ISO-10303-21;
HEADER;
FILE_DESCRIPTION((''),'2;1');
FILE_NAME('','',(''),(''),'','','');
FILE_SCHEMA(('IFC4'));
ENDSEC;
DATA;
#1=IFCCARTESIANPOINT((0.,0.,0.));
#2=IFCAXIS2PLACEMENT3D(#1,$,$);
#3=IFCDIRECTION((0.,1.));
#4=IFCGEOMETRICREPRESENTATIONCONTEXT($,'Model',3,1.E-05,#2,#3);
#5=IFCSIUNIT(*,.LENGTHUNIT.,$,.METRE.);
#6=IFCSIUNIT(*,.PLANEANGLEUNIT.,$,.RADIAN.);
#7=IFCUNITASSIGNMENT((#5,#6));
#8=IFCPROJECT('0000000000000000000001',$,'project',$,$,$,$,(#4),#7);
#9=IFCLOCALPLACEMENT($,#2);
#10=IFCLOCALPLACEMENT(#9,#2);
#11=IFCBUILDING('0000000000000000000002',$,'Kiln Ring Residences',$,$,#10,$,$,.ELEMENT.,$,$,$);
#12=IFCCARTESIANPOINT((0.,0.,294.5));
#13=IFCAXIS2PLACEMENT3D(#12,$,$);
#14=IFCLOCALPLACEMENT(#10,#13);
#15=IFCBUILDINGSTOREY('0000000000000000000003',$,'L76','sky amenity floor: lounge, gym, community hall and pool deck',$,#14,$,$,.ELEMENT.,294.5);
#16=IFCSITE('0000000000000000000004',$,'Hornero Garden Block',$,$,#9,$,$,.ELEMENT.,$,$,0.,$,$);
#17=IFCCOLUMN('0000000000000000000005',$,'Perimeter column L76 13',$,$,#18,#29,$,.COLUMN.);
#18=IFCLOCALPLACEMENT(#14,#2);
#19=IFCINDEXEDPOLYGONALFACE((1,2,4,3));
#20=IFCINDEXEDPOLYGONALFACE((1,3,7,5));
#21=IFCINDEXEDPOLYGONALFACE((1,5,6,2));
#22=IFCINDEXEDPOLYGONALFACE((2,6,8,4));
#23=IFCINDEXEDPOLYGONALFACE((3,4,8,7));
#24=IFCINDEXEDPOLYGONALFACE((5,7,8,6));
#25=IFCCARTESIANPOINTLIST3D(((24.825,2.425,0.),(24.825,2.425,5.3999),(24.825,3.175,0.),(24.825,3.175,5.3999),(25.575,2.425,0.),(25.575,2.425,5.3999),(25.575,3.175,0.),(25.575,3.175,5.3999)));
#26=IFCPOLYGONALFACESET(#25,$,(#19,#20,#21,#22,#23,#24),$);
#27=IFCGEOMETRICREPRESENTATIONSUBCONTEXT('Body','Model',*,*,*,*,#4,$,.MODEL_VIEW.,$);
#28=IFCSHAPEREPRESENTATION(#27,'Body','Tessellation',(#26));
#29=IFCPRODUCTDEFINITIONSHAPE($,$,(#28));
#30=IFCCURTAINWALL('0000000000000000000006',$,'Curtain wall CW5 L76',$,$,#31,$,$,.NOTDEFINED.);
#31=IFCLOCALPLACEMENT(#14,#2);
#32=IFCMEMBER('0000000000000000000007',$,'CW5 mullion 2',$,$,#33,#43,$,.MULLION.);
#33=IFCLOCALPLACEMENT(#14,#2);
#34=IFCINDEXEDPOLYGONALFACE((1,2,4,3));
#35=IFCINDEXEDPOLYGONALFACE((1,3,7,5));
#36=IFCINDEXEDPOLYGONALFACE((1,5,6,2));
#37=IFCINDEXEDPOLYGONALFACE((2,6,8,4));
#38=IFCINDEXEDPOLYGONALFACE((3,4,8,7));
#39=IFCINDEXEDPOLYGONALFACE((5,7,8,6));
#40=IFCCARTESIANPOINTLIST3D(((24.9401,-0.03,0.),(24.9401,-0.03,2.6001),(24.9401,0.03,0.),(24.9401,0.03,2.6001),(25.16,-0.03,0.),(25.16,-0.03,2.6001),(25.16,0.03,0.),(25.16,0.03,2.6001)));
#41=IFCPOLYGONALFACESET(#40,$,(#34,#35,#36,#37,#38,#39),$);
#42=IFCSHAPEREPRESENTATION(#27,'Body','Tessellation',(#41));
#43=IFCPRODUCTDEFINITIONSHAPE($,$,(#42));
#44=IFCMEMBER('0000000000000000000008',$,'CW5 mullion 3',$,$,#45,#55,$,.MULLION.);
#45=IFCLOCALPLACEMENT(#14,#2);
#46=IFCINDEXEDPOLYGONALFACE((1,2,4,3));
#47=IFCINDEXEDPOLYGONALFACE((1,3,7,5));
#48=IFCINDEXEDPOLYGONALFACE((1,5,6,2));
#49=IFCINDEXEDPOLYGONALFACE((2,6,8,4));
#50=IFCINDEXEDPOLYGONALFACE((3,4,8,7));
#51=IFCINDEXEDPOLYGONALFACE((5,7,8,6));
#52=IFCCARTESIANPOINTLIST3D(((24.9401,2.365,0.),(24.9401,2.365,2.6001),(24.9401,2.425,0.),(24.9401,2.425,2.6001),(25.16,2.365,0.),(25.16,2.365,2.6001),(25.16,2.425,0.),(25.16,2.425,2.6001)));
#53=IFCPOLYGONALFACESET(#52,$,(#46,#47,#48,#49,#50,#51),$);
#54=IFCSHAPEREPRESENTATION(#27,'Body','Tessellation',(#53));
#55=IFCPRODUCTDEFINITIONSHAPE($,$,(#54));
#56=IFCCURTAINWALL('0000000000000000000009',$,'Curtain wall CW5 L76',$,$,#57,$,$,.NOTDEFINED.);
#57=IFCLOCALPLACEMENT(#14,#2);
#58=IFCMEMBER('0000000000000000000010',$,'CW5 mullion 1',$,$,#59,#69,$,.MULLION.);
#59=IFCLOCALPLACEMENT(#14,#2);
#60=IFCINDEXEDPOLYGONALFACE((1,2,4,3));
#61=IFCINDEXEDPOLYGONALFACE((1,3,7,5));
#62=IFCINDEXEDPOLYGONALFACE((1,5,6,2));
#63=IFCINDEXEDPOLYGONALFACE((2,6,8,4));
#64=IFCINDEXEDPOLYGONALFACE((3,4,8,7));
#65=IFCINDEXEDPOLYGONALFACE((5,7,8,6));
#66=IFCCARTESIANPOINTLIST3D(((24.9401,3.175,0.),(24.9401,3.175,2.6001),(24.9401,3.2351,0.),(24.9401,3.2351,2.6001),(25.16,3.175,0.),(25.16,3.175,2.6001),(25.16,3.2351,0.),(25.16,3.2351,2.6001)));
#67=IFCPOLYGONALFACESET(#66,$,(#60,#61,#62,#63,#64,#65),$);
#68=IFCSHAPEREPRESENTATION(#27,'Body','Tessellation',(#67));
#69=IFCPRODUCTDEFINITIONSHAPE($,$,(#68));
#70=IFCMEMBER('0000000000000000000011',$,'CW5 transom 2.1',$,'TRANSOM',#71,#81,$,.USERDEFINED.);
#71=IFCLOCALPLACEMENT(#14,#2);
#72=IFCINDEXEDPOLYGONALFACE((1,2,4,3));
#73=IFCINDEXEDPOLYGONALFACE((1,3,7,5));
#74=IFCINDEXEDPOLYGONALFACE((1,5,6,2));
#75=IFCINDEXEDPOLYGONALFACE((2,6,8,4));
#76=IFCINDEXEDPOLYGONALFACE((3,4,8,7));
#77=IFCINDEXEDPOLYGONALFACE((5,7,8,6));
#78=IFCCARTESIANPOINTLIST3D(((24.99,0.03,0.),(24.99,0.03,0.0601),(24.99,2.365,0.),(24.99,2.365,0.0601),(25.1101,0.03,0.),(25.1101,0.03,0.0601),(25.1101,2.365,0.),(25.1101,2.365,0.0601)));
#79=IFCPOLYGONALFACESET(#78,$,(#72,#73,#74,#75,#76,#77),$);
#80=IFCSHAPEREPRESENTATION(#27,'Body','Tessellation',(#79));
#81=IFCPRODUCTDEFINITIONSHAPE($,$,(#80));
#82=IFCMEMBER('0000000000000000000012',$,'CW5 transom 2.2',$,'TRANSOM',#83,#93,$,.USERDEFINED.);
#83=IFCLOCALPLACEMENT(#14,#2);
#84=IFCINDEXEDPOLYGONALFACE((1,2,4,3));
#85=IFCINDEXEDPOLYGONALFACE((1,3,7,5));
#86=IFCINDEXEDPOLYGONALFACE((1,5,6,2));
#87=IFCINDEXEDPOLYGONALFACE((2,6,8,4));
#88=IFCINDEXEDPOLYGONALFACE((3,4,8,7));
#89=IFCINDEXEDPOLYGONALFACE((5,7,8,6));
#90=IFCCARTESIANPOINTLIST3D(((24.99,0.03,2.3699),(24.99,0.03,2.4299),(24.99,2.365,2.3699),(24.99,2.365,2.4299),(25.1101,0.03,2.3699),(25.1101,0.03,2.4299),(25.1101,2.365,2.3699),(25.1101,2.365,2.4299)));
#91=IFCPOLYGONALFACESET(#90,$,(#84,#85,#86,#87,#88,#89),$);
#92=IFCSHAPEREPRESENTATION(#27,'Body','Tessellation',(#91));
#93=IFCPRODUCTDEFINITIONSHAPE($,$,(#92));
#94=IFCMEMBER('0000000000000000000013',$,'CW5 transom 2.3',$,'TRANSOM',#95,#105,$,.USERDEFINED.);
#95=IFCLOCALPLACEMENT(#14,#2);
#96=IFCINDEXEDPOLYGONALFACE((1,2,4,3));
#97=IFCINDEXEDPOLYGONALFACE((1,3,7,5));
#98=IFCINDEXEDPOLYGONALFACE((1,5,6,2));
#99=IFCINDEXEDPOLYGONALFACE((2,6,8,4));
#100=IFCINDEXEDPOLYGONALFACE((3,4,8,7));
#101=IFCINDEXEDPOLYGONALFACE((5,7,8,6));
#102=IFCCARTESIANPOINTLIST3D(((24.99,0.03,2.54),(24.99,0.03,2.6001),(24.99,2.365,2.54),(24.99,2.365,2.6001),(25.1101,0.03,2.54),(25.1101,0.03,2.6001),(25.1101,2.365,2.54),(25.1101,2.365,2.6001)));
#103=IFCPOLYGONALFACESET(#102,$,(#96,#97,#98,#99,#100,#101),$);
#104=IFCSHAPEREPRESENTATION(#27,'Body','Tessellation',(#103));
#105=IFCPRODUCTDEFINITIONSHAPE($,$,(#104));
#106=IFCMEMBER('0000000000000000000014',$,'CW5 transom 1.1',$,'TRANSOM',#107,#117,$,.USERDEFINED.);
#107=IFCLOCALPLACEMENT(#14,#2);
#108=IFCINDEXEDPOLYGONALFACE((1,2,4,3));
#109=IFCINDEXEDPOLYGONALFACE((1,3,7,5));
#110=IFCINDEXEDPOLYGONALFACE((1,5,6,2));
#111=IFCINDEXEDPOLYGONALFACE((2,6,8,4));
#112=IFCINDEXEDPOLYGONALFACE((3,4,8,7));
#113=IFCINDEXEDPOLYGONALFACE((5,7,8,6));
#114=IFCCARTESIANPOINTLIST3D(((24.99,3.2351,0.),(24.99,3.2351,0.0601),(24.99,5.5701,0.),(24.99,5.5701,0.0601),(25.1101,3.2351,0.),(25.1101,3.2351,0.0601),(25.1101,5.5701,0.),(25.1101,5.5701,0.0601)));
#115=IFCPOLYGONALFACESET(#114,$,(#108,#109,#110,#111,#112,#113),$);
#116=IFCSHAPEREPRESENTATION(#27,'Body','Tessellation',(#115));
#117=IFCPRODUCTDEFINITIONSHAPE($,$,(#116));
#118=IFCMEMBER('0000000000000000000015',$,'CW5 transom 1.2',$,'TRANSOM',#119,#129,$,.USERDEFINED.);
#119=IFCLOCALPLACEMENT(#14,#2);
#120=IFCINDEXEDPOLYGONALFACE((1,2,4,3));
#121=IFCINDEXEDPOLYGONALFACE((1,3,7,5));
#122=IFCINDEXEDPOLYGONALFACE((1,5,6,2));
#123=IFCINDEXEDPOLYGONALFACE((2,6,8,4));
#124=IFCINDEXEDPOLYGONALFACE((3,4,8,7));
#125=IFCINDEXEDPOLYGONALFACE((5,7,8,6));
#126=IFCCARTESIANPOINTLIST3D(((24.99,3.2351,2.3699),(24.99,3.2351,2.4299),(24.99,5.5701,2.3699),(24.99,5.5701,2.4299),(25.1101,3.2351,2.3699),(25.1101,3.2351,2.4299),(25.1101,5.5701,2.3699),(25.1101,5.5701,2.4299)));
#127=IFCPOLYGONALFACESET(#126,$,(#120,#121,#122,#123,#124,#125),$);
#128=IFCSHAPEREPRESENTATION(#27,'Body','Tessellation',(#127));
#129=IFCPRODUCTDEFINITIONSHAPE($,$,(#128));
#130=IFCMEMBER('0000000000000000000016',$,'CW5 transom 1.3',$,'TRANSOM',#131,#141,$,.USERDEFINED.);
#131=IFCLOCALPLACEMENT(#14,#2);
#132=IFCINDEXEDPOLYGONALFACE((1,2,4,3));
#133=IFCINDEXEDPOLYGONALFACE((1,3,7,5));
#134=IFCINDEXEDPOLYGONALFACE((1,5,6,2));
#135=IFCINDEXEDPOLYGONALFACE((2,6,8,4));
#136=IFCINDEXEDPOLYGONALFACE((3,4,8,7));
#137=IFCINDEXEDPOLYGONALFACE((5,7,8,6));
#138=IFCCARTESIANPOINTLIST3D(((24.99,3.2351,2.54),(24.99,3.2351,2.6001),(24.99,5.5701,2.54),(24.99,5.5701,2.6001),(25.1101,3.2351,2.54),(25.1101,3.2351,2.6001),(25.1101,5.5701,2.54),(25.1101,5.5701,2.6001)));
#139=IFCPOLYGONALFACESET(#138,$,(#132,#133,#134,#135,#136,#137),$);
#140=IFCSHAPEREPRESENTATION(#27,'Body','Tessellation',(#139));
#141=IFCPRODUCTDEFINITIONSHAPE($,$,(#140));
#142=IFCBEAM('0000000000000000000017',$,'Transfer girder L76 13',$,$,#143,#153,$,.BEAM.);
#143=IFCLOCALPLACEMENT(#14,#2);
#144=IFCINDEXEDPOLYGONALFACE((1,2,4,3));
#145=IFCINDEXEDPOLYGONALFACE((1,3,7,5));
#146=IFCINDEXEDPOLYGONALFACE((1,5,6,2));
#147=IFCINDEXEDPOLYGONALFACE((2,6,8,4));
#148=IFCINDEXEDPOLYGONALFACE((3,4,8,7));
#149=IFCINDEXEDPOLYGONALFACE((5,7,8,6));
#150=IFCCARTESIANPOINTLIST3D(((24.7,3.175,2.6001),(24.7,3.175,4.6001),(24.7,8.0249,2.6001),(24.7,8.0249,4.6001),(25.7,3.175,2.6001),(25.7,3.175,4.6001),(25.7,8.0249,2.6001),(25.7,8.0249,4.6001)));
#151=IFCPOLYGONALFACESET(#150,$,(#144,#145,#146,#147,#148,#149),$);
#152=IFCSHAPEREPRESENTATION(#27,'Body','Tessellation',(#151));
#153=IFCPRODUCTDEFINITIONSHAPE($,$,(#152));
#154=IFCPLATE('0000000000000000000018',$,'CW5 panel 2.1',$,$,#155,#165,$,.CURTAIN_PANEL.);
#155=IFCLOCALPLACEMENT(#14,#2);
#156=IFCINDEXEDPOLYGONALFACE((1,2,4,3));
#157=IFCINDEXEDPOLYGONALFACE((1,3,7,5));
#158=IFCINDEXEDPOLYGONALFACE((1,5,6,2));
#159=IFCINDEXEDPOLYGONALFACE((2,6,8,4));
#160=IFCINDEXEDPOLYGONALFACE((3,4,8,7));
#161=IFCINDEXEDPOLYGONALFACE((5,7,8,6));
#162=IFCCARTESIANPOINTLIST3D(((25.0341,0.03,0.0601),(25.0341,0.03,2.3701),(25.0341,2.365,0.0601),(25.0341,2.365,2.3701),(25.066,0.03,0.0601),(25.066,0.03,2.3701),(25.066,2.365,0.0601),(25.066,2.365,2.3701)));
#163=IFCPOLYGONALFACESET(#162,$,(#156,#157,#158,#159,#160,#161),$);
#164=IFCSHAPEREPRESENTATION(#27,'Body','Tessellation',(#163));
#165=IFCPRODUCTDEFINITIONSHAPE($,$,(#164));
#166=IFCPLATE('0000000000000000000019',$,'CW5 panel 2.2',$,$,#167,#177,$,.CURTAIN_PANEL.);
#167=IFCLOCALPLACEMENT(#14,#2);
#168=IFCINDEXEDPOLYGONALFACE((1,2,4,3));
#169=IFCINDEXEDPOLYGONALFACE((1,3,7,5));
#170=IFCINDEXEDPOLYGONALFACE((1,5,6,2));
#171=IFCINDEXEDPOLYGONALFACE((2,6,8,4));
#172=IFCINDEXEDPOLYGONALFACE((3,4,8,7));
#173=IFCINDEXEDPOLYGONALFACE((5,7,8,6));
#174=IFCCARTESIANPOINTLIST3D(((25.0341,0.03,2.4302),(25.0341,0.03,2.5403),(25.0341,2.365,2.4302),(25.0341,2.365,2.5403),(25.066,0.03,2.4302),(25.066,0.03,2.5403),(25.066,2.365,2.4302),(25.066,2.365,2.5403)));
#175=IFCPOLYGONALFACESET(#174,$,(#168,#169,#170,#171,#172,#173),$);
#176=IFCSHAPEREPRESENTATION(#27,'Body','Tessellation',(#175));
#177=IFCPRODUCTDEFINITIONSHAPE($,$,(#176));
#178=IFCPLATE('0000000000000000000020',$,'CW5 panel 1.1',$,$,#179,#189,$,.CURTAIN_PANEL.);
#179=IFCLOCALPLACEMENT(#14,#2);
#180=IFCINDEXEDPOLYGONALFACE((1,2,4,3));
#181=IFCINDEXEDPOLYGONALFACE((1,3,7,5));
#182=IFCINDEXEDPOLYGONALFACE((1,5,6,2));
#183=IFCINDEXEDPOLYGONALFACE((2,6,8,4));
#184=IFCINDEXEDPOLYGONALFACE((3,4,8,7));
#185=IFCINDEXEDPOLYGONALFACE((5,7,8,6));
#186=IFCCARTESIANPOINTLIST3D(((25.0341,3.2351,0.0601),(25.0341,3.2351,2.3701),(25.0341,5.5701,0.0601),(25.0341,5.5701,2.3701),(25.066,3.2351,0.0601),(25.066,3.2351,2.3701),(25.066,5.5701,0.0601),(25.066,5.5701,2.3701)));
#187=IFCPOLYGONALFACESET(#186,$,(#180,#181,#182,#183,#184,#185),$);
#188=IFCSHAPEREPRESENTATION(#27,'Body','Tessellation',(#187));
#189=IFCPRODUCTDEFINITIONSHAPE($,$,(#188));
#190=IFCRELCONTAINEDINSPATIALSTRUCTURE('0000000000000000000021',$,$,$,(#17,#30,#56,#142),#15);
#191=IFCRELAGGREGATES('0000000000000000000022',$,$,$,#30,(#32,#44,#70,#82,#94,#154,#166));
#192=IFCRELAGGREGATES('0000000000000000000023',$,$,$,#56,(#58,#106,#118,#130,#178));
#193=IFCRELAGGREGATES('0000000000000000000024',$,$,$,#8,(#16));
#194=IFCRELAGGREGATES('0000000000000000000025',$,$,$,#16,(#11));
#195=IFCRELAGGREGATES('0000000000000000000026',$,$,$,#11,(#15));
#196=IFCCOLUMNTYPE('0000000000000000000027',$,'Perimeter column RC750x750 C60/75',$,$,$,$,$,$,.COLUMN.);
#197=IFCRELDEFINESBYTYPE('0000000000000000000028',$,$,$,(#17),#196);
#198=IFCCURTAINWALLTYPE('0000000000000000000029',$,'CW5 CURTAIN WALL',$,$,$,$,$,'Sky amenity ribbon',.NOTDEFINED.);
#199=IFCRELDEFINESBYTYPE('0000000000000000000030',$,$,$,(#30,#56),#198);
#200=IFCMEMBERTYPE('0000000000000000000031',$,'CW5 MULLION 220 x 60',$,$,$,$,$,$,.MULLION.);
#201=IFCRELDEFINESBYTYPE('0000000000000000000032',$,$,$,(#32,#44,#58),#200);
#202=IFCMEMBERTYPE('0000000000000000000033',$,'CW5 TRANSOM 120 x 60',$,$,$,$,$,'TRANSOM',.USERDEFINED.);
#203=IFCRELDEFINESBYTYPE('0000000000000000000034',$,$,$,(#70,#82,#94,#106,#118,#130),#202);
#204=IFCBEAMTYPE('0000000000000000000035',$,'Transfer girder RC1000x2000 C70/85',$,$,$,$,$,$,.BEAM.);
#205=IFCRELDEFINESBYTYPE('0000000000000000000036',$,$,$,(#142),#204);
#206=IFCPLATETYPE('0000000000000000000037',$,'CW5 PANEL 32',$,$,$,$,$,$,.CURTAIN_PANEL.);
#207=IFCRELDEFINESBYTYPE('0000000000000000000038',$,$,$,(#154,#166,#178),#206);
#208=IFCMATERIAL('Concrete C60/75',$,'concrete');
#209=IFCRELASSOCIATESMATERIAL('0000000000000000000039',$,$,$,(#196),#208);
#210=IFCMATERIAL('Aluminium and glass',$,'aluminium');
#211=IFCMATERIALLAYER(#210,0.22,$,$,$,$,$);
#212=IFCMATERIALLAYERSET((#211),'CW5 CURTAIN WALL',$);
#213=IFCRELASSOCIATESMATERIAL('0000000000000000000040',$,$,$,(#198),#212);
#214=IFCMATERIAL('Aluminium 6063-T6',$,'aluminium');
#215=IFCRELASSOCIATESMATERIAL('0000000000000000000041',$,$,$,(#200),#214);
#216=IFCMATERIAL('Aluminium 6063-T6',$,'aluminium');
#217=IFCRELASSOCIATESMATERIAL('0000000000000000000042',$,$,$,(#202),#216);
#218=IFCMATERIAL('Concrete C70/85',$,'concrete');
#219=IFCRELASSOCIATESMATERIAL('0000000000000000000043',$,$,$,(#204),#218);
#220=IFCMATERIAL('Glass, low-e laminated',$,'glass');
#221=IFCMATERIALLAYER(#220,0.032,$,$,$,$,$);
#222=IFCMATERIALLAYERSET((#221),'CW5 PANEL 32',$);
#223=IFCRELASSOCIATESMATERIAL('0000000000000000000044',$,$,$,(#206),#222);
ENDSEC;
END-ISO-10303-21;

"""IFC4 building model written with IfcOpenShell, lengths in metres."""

from ifc_helpers import new_model, si_unit, direction, frame, origin, origin_2d, place, context, subcontext, project, spatial, rectangle, extrude, material, layer, layer_set, material_profile, profile_set, type_object, element, aggregate, save


model = new_model("IFC4")

# Units and contexts
model_context = context("Model", 3, precision=1e-05, world=origin(), true_north=direction((0.0, 1.0)))
body_context = subcontext(model_context, "Body", "Model", "MODEL_VIEW")
ifc_project = project(units=[si_unit("LENGTHUNIT", "METRE"), si_unit("PLANEANGLEUNIT", "RADIAN")], contexts=[model_context])

# Site, building, storey
site_placement = place(None, origin())
site = spatial("IfcSite", under=ifc_project, at=site_placement, Name="Hornero Garden Block", CompositionType="ELEMENT", RefElevation=0.0)
building_placement = place(site_placement, origin())
building = spatial("IfcBuilding", under=site, at=building_placement, Name="Kiln Ring Residences", CompositionType="ELEMENT")
storey_placement = place(building_placement, frame((0.0, 0.0, 294.5)))
storey = spatial("IfcBuildingStorey", under=building, at=storey_placement, Name="L76", Description="sky amenity floor: lounge, gym, community hall and pool deck", CompositionType="ELEMENT", Elevation=294.5)

# Column
ifc_material_1 = material(Name="Concrete C60/75", Category="concrete")
ifc_material_profile_1 = material_profile(ifc_material_1, rectangle(XDim=0.75, YDim=0.75, at=origin_2d()), Name="RC750x750")
ifc_profile_set_1 = profile_set([ifc_material_profile_1], Name="Concrete C60/75")
column_type = type_object("IfcColumnType", Name="Perimeter column RC750x750 C60/75", PredefinedType="COLUMN", material=ifc_profile_set_1)
column_placement = place(storey_placement, frame((25.2, 2.8, 0.0), z_axis=(0.0, 0.0, 1.0), x_axis=(1.0, 0.0, 0.0)))
element("IfcColumn", 1, at=column_placement, inside=storey, type_object=column_type, Name="Perimeter column L76 13", PredefinedType="COLUMN", context=body_context, shape_type="SweptSolid", body=[
    extrude(rectangle(XDim=0.75, YDim=0.75, at=origin_2d()), origin(), (0.0, 0.0, 1.0), 5.3999),
])

# Curtain wall, members
ifc_material_2 = material(Name="Aluminium and glass", Category="aluminium")
ifc_layer_1 = layer(ifc_material_2, 0.22)
ifc_layer_set_1 = layer_set([ifc_layer_1], Name="CW5 CURTAIN WALL")
curtain_wall_type = type_object("IfcCurtainWallType", Name="CW5 CURTAIN WALL", ElementType="Sky amenity ribbon", PredefinedType="NOTDEFINED", material=ifc_layer_set_1)
placement = place(storey_placement, origin())
curtain_wall_1 = element("IfcCurtainWall", 2, at=placement, inside=storey, type_object=curtain_wall_type, Name="Curtain wall CW5 L76", PredefinedType="NOTDEFINED")
ifc_material_3 = material(Name="Aluminium 6063-T6", Category="aluminium")
ifc_material_profile_2 = material_profile(ifc_material_3, rectangle(XDim=0.22, YDim=0.0601, at=origin_2d()), Name="AL 220x60")
ifc_profile_set_2 = profile_set([ifc_material_profile_2], Name="Aluminium 6063-T6")
member_type_1 = type_object("IfcMemberType", Name="CW5 MULLION 220 x 60", PredefinedType="MULLION", material=ifc_profile_set_2)
member_1_placement = place(storey_placement, frame((25.05, 0.0, 0.0), z_axis=(0.0, 0.0, 1.0), x_axis=(-1.0, 0.0, 0.0)))
member_1 = element("IfcMember", 3, at=member_1_placement, type_object=member_type_1, Name="CW5 mullion 2", PredefinedType="MULLION", context=body_context, shape_type="SweptSolid", body=[
    extrude(rectangle(XDim=0.22, YDim=0.0601, at=origin_2d()), origin(), (0.0, 0.0, 1.0), 2.6001),
])
member_2_placement = place(storey_placement, frame((25.05, 2.395, 0.0), z_axis=(0.0, 0.0, 1.0), x_axis=(-1.0, 0.0, 0.0)))
member_2 = element("IfcMember", 4, at=member_2_placement, type_object=member_type_1, Name="CW5 mullion 3", PredefinedType="MULLION", context=body_context, shape_type="SweptSolid", body=[
    extrude(rectangle(XDim=0.22, YDim=0.0601, at=origin_2d()), origin(), (0.0, 0.0, 1.0), 2.6001),
])

# Curtain wall, member
curtain_wall_2 = element("IfcCurtainWall", 5, at=placement, inside=storey, type_object=curtain_wall_type, Name="Curtain wall CW5 L76", PredefinedType="NOTDEFINED")
member_3_placement = place(storey_placement, frame((25.05, 3.2051, 0.0), z_axis=(0.0, 0.0, 1.0), x_axis=(-1.0, 0.0, 0.0)))
member_3 = element("IfcMember", 6, at=member_3_placement, type_object=member_type_1, Name="CW5 mullion 1", PredefinedType="MULLION", context=body_context, shape_type="SweptSolid", body=[
    extrude(rectangle(XDim=0.22, YDim=0.0601, at=origin_2d()), origin(), (0.0, 0.0, 1.0), 2.6001),
])

# Members
ifc_material_4 = material(Name="Aluminium 6063-T6", Category="aluminium")
ifc_material_profile_3 = material_profile(ifc_material_4, rectangle(XDim=0.1201, YDim=0.0601, at=origin_2d()), Name="AL 120x60")
ifc_profile_set_3 = profile_set([ifc_material_profile_3], Name="Aluminium 6063-T6")
member_type_2 = type_object("IfcMemberType", Name="CW5 TRANSOM 120 x 60", ElementType="TRANSOM", PredefinedType="USERDEFINED", material=ifc_profile_set_3)
member_4_placement = place(storey_placement, frame((25.05, 0.03, 0.03), z_axis=(0.0, 1.0, 0.0), x_axis=(-1.0, 0.0, 0.0)))
member_4 = element("IfcMember", 7, at=member_4_placement, type_object=member_type_2, Name="CW5 transom 2.1", ObjectType="TRANSOM", PredefinedType="USERDEFINED", context=body_context, shape_type="SweptSolid", body=[
    extrude(rectangle(XDim=0.1201, YDim=0.0601, at=origin_2d()), origin(), (0.0, 0.0, 1.0), 2.335),
])
member_5_placement = place(storey_placement, frame((25.05, 0.03, 2.3999), z_axis=(0.0, 1.0, 0.0), x_axis=(-1.0, 0.0, 0.0)))
member_5 = element("IfcMember", 8, at=member_5_placement, type_object=member_type_2, Name="CW5 transom 2.2", ObjectType="TRANSOM", PredefinedType="USERDEFINED", context=body_context, shape_type="SweptSolid", body=[
    extrude(rectangle(XDim=0.1201, YDim=0.0601, at=origin_2d()), origin(), (0.0, 0.0, 1.0), 2.335),
])
member_6_placement = place(storey_placement, frame((25.05, 0.03, 2.5701), z_axis=(0.0, 1.0, 0.0), x_axis=(-1.0, 0.0, 0.0)))
member_6 = element("IfcMember", 9, at=member_6_placement, type_object=member_type_2, Name="CW5 transom 2.3", ObjectType="TRANSOM", PredefinedType="USERDEFINED", context=body_context, shape_type="SweptSolid", body=[
    extrude(rectangle(XDim=0.1201, YDim=0.0601, at=origin_2d()), origin(), (0.0, 0.0, 1.0), 2.335),
])
member_7_placement = place(storey_placement, frame((25.05, 3.2351, 0.03), z_axis=(0.0, 1.0, 0.0), x_axis=(-1.0, 0.0, 0.0)))
member_7 = element("IfcMember", 10, at=member_7_placement, type_object=member_type_2, Name="CW5 transom 1.1", ObjectType="TRANSOM", PredefinedType="USERDEFINED", context=body_context, shape_type="SweptSolid", body=[
    extrude(rectangle(XDim=0.1201, YDim=0.0601, at=origin_2d()), origin(), (0.0, 0.0, 1.0), 2.335),
])
member_8_placement = place(storey_placement, frame((25.05, 3.2351, 2.3999), z_axis=(0.0, 1.0, 0.0), x_axis=(-1.0, 0.0, 0.0)))
member_8 = element("IfcMember", 11, at=member_8_placement, type_object=member_type_2, Name="CW5 transom 1.2", ObjectType="TRANSOM", PredefinedType="USERDEFINED", context=body_context, shape_type="SweptSolid", body=[
    extrude(rectangle(XDim=0.1201, YDim=0.0601, at=origin_2d()), origin(), (0.0, 0.0, 1.0), 2.335),
])
member_9_placement = place(storey_placement, frame((25.05, 3.2351, 2.5701), z_axis=(0.0, 1.0, 0.0), x_axis=(-1.0, 0.0, 0.0)))
member_9 = element("IfcMember", 12, at=member_9_placement, type_object=member_type_2, Name="CW5 transom 1.3", ObjectType="TRANSOM", PredefinedType="USERDEFINED", context=body_context, shape_type="SweptSolid", body=[
    extrude(rectangle(XDim=0.1201, YDim=0.0601, at=origin_2d()), origin(), (0.0, 0.0, 1.0), 2.335),
])

# Beam
ifc_material_5 = material(Name="Concrete C70/85", Category="concrete")
ifc_material_profile_4 = material_profile(ifc_material_5, rectangle(XDim=1.0, YDim=2.0, at=origin_2d()), Name="RC1000x2000")
ifc_profile_set_4 = profile_set([ifc_material_profile_4], Name="Concrete C70/85")
beam_type = type_object("IfcBeamType", Name="Transfer girder RC1000x2000 C70/85", PredefinedType="BEAM", material=ifc_profile_set_4)
beam_placement = place(storey_placement, frame((25.2, 3.175, 3.6001), z_axis=(0.0, 1.0, 0.0), x_axis=(-1.0, 0.0, 0.0)))
element("IfcBeam", 13, at=beam_placement, inside=storey, type_object=beam_type, Name="Transfer girder L76 13", PredefinedType="BEAM", context=body_context, shape_type="SweptSolid", body=[
    extrude(rectangle(XDim=1.0, YDim=2.0, at=origin_2d()), origin(), (0.0, 0.0, 1.0), 4.8499),
])

# Plates
ifc_material_6 = material(Name="Glass, low-e laminated", Category="glass")
ifc_layer_2 = layer(ifc_material_6, 0.032)
ifc_layer_set_2 = layer_set([ifc_layer_2], Name="CW5 PANEL 32")
plate_type = type_object("IfcPlateType", Name="CW5 PANEL 32", PredefinedType="CURTAIN_PANEL", material=ifc_layer_set_2)
plate_1_placement = place(storey_placement, frame((25.05, 1.1975, 0.0601), z_axis=(0.0, 0.0, 1.0), x_axis=(0.0, 1.0, 0.0)))
plate_1 = element("IfcPlate", 14, at=plate_1_placement, type_object=plate_type, Name="CW5 panel 2.1", PredefinedType="CURTAIN_PANEL", context=body_context, shape_type="SweptSolid", body=[
    extrude(rectangle(XDim=2.335, YDim=0.032, at=origin_2d()), origin(), (0.0, 0.0, 1.0), 2.3101),
])
plate_2_placement = place(storey_placement, frame((25.05, 1.1975, 2.4302), z_axis=(0.0, 0.0, 1.0), x_axis=(0.0, 1.0, 0.0)))
plate_2 = element("IfcPlate", 15, at=plate_2_placement, type_object=plate_type, Name="CW5 panel 2.2", PredefinedType="CURTAIN_PANEL", context=body_context, shape_type="SweptSolid", body=[
    extrude(rectangle(XDim=2.335, YDim=0.032, at=origin_2d()), origin(), (0.0, 0.0, 1.0), 0.1101),
])
aggregate(curtain_wall_1, [member_1, member_2, member_4, member_5, member_6, plate_1, plate_2])
plate_3_placement = place(storey_placement, frame((25.05, 4.4026, 0.0601), z_axis=(0.0, 0.0, 1.0), x_axis=(0.0, 1.0, 0.0)))
plate_3 = element("IfcPlate", 16, at=plate_3_placement, type_object=plate_type, Name="CW5 panel 1.1", PredefinedType="CURTAIN_PANEL", context=body_context, shape_type="SweptSolid", body=[
    extrude(rectangle(XDim=2.335, YDim=0.032, at=origin_2d()), origin(), (0.0, 0.0, 1.0), 2.3101),
])
aggregate(curtain_wall_2, [member_3, member_7, member_8, member_9, plate_3])

save(model, "model.ifc")
